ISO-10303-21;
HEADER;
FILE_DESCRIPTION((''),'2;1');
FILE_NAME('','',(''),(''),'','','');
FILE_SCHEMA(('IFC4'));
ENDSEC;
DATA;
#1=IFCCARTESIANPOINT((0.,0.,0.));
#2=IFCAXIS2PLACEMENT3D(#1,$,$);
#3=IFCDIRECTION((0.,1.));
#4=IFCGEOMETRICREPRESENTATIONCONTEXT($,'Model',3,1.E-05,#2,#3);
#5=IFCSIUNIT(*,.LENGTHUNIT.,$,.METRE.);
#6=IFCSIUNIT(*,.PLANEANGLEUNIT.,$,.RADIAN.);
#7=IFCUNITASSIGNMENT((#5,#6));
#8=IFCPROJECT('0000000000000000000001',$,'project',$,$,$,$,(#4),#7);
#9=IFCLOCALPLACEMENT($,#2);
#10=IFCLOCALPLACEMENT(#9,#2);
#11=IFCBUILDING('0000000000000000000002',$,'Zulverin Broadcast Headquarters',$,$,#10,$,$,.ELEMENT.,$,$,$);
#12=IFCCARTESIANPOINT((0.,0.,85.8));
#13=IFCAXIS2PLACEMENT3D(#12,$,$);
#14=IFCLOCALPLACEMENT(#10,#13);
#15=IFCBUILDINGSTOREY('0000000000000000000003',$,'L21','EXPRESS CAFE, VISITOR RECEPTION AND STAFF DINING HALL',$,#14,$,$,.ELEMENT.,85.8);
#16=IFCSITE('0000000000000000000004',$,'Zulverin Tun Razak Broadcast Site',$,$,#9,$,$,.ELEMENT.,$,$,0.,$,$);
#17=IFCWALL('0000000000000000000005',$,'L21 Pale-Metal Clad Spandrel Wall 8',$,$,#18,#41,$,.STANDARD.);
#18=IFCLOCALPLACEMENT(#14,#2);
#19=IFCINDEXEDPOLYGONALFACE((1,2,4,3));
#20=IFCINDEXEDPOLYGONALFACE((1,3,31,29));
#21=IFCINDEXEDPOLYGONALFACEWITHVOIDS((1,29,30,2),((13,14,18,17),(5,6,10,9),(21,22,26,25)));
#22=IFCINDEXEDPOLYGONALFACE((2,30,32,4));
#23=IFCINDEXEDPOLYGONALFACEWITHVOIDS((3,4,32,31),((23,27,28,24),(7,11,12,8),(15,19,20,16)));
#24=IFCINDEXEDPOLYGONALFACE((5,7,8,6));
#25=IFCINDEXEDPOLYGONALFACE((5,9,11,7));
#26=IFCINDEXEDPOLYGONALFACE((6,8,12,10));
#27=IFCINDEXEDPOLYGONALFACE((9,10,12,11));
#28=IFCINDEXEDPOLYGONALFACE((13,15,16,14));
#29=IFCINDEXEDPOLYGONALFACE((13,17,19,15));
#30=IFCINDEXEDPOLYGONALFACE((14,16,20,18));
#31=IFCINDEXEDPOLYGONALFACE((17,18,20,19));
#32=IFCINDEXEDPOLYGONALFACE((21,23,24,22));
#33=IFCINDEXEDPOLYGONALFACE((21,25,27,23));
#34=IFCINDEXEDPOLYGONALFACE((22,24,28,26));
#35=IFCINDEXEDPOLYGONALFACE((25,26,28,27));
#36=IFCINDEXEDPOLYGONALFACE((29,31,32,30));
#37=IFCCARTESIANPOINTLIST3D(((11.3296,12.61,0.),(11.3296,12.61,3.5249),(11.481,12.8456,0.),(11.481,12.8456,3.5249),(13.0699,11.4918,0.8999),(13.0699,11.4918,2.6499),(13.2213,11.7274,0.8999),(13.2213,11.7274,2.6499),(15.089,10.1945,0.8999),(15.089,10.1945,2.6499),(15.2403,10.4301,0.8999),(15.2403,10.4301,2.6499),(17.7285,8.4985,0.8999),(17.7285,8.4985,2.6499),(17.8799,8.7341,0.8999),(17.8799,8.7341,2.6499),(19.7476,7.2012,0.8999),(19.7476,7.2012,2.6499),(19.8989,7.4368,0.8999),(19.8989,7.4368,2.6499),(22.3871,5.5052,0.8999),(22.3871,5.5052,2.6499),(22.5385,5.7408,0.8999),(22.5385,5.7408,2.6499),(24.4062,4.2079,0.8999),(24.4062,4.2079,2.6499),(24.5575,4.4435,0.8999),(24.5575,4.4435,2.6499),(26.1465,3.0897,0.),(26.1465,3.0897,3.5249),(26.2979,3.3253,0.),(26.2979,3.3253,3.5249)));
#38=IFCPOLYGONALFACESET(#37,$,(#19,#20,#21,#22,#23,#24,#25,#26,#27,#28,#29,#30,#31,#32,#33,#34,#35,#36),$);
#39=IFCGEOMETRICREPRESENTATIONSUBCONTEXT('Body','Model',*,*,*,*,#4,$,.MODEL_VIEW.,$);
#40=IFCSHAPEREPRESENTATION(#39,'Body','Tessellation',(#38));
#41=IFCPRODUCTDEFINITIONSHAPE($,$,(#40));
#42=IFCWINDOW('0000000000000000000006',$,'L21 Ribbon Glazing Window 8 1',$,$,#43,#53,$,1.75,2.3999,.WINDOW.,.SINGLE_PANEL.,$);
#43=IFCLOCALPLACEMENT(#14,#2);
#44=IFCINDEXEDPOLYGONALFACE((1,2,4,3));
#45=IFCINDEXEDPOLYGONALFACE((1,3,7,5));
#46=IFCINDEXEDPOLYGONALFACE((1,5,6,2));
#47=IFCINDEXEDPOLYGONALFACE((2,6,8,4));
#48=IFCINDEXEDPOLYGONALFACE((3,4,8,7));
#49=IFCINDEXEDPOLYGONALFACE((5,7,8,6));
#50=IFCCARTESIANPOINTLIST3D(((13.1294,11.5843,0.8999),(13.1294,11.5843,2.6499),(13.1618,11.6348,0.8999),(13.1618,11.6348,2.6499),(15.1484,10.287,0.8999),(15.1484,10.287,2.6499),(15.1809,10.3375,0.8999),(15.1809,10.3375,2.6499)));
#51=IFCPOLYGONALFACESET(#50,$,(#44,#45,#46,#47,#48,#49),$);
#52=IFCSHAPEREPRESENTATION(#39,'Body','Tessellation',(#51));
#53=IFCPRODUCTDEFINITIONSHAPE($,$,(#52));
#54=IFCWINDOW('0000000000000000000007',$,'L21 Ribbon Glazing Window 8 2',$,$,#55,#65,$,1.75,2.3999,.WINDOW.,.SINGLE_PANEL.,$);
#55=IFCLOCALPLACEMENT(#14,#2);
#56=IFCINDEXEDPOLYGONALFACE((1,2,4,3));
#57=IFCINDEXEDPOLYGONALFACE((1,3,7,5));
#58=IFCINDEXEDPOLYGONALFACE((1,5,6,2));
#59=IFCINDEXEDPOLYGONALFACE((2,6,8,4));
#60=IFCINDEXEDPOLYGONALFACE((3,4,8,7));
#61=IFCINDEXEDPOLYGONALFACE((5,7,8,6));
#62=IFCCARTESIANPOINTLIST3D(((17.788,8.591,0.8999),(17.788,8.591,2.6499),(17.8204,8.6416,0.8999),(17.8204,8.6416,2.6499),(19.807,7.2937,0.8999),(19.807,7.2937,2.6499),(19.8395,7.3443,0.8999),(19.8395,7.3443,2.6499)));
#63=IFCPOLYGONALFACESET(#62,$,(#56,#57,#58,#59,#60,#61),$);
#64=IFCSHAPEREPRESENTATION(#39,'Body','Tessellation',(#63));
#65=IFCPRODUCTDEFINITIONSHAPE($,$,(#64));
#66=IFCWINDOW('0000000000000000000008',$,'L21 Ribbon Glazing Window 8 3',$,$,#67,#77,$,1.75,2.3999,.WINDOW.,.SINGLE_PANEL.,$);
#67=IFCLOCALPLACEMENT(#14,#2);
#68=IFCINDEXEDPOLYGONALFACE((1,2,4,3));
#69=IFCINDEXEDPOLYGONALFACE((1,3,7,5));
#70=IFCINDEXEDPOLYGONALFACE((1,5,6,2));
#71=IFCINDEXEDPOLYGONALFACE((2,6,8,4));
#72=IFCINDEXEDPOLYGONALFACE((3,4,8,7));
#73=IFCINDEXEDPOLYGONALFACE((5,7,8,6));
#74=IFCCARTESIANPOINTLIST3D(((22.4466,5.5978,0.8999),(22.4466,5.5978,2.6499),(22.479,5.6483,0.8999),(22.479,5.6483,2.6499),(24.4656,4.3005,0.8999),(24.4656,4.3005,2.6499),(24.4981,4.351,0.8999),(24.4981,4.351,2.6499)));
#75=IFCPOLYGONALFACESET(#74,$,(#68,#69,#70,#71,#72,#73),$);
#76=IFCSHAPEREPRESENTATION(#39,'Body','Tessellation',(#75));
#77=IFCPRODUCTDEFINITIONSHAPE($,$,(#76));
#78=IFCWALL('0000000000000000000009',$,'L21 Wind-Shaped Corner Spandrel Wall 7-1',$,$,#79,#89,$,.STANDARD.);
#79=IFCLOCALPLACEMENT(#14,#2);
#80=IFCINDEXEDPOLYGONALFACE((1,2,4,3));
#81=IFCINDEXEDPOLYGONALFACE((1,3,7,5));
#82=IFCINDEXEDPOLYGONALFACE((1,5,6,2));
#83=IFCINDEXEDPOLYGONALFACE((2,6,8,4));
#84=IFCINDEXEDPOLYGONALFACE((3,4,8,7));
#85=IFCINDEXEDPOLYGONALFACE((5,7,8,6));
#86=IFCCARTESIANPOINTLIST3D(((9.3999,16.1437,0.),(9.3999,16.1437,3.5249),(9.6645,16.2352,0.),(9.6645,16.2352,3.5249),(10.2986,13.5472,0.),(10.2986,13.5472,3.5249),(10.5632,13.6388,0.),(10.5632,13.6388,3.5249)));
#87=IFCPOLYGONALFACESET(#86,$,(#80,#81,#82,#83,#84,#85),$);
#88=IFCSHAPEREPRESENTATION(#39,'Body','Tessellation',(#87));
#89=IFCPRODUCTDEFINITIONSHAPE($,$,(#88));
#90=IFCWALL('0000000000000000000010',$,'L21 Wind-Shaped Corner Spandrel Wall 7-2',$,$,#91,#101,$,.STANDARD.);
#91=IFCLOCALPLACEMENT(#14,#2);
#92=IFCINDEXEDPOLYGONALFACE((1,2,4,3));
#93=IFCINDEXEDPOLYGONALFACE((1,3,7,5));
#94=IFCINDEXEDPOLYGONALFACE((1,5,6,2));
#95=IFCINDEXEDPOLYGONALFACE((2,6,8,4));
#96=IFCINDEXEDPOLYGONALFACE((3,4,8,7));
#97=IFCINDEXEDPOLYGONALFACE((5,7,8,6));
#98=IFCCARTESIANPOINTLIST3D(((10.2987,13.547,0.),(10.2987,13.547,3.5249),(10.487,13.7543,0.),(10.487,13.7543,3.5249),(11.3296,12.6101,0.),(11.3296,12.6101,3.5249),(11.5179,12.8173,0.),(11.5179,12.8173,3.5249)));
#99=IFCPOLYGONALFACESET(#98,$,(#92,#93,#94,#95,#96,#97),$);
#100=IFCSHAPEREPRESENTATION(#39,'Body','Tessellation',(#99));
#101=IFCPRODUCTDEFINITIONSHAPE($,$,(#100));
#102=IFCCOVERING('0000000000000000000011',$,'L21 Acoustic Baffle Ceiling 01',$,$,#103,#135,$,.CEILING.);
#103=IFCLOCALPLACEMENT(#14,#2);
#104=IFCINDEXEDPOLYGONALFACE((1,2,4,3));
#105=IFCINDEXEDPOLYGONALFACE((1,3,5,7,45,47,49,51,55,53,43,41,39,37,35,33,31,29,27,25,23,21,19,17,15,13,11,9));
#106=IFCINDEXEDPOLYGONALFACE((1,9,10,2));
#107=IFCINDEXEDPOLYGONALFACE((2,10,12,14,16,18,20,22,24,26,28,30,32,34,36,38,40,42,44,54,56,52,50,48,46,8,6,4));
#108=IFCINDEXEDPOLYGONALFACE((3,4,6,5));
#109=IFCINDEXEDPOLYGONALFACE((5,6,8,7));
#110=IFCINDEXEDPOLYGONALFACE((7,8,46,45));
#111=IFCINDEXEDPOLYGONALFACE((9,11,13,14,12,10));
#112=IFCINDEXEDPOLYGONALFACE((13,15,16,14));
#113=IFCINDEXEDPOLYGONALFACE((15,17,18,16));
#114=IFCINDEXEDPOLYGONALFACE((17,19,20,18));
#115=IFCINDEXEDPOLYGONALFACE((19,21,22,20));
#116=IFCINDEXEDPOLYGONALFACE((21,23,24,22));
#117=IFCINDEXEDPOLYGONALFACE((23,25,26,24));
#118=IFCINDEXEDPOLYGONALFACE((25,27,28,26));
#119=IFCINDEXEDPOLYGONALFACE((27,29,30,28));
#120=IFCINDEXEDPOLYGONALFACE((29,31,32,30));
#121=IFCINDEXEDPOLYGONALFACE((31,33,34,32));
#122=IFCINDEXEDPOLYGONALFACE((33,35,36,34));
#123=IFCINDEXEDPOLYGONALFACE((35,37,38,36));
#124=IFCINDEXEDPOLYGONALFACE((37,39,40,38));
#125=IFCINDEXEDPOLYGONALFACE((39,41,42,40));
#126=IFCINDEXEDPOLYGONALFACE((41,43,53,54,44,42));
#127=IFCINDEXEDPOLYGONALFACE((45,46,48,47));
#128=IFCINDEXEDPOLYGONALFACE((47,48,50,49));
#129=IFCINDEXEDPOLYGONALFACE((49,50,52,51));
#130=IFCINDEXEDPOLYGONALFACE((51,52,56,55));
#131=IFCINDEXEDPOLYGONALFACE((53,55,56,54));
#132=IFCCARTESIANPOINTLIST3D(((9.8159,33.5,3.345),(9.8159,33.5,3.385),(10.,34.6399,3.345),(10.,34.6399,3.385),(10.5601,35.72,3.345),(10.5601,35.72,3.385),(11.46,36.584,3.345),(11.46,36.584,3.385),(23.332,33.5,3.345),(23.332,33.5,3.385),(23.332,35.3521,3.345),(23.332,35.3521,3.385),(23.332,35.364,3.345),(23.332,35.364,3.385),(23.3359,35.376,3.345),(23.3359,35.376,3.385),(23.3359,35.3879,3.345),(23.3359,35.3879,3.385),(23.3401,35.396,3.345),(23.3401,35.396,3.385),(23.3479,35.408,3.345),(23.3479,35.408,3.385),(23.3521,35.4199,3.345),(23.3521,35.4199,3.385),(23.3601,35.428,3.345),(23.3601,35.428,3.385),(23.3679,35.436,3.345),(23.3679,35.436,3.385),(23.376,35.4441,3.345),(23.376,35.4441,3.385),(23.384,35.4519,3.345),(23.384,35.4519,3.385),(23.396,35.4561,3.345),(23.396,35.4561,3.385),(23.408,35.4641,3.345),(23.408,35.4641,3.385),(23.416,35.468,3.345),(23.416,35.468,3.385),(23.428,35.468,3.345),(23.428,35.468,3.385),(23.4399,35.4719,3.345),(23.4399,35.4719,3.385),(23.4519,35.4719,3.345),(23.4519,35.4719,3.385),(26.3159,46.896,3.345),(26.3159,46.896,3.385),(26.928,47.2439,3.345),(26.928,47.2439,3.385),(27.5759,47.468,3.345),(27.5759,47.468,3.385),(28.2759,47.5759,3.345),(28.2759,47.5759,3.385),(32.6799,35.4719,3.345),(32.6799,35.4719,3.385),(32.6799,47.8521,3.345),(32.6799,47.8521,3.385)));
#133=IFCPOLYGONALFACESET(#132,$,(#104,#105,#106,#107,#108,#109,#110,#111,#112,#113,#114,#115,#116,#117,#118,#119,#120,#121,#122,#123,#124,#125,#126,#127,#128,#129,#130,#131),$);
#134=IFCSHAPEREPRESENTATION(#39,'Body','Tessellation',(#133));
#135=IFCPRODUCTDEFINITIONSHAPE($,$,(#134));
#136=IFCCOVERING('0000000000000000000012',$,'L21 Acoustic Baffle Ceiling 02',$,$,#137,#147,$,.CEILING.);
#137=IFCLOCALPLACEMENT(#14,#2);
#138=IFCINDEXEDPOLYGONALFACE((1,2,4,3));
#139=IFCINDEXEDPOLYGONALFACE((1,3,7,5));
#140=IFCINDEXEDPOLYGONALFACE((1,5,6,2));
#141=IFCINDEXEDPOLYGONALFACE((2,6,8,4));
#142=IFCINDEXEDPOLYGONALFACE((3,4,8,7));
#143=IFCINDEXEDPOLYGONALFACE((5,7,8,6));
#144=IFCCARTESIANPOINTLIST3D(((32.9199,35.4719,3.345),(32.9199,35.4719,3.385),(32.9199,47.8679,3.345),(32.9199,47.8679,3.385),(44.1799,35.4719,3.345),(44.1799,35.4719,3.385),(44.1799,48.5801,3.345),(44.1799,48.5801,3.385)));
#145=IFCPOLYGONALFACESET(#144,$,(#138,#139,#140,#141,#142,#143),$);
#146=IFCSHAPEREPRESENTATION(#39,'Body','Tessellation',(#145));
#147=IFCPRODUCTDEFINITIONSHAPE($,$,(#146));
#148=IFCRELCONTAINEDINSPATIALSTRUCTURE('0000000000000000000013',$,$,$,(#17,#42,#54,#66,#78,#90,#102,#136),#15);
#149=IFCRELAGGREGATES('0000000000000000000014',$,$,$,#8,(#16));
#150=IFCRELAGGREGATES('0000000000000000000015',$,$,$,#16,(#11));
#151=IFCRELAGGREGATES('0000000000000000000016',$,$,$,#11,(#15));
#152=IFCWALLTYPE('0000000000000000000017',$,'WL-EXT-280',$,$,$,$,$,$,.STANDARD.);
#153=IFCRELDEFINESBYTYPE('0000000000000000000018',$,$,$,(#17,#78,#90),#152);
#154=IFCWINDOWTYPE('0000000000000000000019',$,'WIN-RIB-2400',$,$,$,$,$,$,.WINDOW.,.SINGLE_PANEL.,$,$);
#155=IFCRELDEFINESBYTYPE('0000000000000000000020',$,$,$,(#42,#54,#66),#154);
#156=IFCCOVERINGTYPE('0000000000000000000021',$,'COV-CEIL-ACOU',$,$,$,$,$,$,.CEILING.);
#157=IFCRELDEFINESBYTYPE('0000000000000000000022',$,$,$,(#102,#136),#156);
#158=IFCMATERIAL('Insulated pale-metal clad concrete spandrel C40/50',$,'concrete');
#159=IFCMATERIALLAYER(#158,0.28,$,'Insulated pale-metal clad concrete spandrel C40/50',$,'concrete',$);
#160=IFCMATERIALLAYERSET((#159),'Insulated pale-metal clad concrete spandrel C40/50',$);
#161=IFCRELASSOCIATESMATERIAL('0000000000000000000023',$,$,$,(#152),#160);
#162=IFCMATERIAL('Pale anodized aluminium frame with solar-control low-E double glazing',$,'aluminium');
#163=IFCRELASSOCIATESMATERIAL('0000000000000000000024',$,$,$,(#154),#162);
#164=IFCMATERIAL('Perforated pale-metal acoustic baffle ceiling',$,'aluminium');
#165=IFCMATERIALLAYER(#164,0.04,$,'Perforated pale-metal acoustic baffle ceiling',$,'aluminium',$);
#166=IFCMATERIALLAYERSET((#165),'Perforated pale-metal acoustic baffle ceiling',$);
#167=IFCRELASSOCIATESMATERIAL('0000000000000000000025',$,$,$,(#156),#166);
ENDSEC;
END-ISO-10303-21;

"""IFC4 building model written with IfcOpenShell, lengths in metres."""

from ifc_helpers import new_model, si_unit, direction, frame, frame_2d, origin, place, context, subcontext, project, spatial, polyline, rectangle, outline, extrude, material, layer, layer_set, type_object, element, fill, save


model = new_model("IFC4")

# Units and contexts
model_context = context("Model", 3, precision=1e-05, world=origin(), true_north=direction((0.0, 1.0)))
body_context = subcontext(model_context, "Body", "Model", "MODEL_VIEW")
ifc_project = project(units=[si_unit("LENGTHUNIT", "METRE"), si_unit("PLANEANGLEUNIT", "RADIAN")], contexts=[model_context])

# Site, building, storey
site_placement = place(None, origin())
site = spatial("IfcSite", under=ifc_project, at=site_placement, Name="Zulverin Tun Razak Broadcast Site", CompositionType="ELEMENT", RefElevation=0.0)
building_placement = place(site_placement, origin())
building = spatial("IfcBuilding", under=site, at=building_placement, Name="Zulverin Broadcast Headquarters", CompositionType="ELEMENT")
storey_placement = place(building_placement, frame((0.0, 0.0, 85.8)))
storey = spatial("IfcBuildingStorey", under=building, at=storey_placement, Name="L21", Description="EXPRESS CAFE, VISITOR RECEPTION AND STAFF DINING HALL", CompositionType="ELEMENT", Elevation=85.8)

# Wall, openings, windows
ifc_material_1 = material(Name="Insulated pale-metal clad concrete spandrel C40/50", Category="concrete")
ifc_layer_1 = layer(ifc_material_1, 0.28, Name="Insulated pale-metal clad concrete spandrel C40/50", Category="concrete")
ifc_layer_set_1 = layer_set([ifc_layer_1], Name="Insulated pale-metal clad concrete spandrel C40/50")
wall_type_1 = type_object("IfcWallType", Name="WL-EXT-280", PredefinedType="STANDARD", material=ifc_layer_set_1)
wall_1_placement = place(storey_placement, frame((11.4053, 12.7278, 0.0), z_axis=(0.0, 0.0, 1.0), x_axis=(0.841305, -0.540561, 0.0)))
wall_1 = element("IfcWall", 1, at=wall_1_placement, inside=storey, type_object=wall_type_1, Name="L21 Pale-Metal Clad Spandrel Wall 8", PredefinedType="STANDARD", context=body_context, shape_type="SweptSolid", body=[
    extrude(rectangle(XDim=17.6118, YDim=0.28, at=frame_2d((8.8059, 0.0))), origin(), (0.0, 0.0, 1.0), 3.5249),
])
opening_1_placement = place(wall_1_placement, frame((2.0686, 0.0, 0.8999)))
opening_1 = element("IfcOpeningElement", 2, at=opening_1_placement, cuts=wall_1, PredefinedType="OPENING", context=body_context, shape_type="SweptSolid", body=[
    extrude(rectangle(XDim=2.3999, YDim=1.75, at=frame_2d((1.2, 0.875))), frame((0.0, 0.1499, 0.0), z_axis=(0.0, -1.0, 0.0), x_axis=(1.0, 0.0, 0.0)), (0.0, 0.0, 1.0), 0.3),
])
opening_2_placement = place(wall_1_placement, frame((7.606, 0.0, 0.8999)))
opening_2 = element("IfcOpeningElement", 3, at=opening_2_placement, cuts=wall_1, PredefinedType="OPENING", context=body_context, shape_type="SweptSolid", body=[
    extrude(rectangle(XDim=2.3999, YDim=1.75, at=frame_2d((1.2, 0.875))), frame((0.0, 0.1499, 0.0), z_axis=(0.0, -1.0, 0.0), x_axis=(1.0, 0.0, 0.0)), (0.0, 0.0, 1.0), 0.3),
])
opening_3_placement = place(wall_1_placement, frame((13.1433, 0.0, 0.8999)))
opening_3 = element("IfcOpeningElement", 4, at=opening_3_placement, cuts=wall_1, PredefinedType="OPENING", context=body_context, shape_type="SweptSolid", body=[
    extrude(rectangle(XDim=2.3999, YDim=1.75, at=frame_2d((1.2, 0.875))), frame((0.0, 0.1499, 0.0), z_axis=(0.0, -1.0, 0.0), x_axis=(1.0, 0.0, 0.0)), (0.0, 0.0, 1.0), 0.3),
])
ifc_material_2 = material(Name="Pale anodized aluminium frame with solar-control low-E double glazing", Category="aluminium")
window_type = type_object("IfcWindowType", Name="WIN-RIB-2400", PartitioningType="SINGLE_PANEL", PredefinedType="WINDOW", material=ifc_material_2)
window_1_placement = place(opening_1_placement, origin())
window_1 = element("IfcWindow", 5, at=window_1_placement, inside=storey, type_object=window_type, Name="L21 Ribbon Glazing Window 8 1", OverallHeight=1.75, OverallWidth=2.3999, PartitioningType="SINGLE_PANEL", PredefinedType="WINDOW", context=body_context, shape_type="SweptSolid", body=[
    extrude(rectangle(XDim=2.3999, YDim=1.75, at=frame_2d((1.2, 0.875))), frame((0.0, 0.03, 0.0), z_axis=(0.0, -1.0, 0.0), x_axis=(1.0, 0.0, 0.0)), (0.0, 0.0, 1.0), 0.0601),
])
fill(opening_1, window_1)
window_2_placement = place(opening_2_placement, origin())
window_2 = element("IfcWindow", 6, at=window_2_placement, inside=storey, type_object=window_type, Name="L21 Ribbon Glazing Window 8 2", OverallHeight=1.75, OverallWidth=2.3999, PartitioningType="SINGLE_PANEL", PredefinedType="WINDOW", context=body_context, shape_type="SweptSolid", body=[
    extrude(rectangle(XDim=2.3999, YDim=1.75, at=frame_2d((1.2, 0.875))), frame((0.0, 0.03, 0.0), z_axis=(0.0, -1.0, 0.0), x_axis=(1.0, 0.0, 0.0)), (0.0, 0.0, 1.0), 0.0601),
])
fill(opening_2, window_2)
window_3_placement = place(opening_3_placement, origin())
window_3 = element("IfcWindow", 7, at=window_3_placement, inside=storey, type_object=window_type, Name="L21 Ribbon Glazing Window 8 3", OverallHeight=1.75, OverallWidth=2.3999, PartitioningType="SINGLE_PANEL", PredefinedType="WINDOW", context=body_context, shape_type="SweptSolid", body=[
    extrude(rectangle(XDim=2.3999, YDim=1.75, at=frame_2d((1.2, 0.875))), frame((0.0, 0.03, 0.0), z_axis=(0.0, -1.0, 0.0), x_axis=(1.0, 0.0, 0.0)), (0.0, 0.0, 1.0), 0.0601),
])
fill(opening_3, window_3)

# Walls
wall_2_placement = place(storey_placement, frame((9.5322, 16.1895, 0.0), z_axis=(0.0, 0.0, 1.0), x_axis=(0.327083, -0.944996, 0.0)))
element("IfcWall", 8, at=wall_2_placement, inside=storey, type_object=wall_type_1, Name="L21 Wind-Shaped Corner Spandrel Wall 7-1", PredefinedType="STANDARD", context=body_context, shape_type="SweptSolid", body=[
    extrude(rectangle(XDim=2.7476, YDim=0.28, at=frame_2d((1.3738, 0.0))), origin(), (0.0, 0.0, 1.0), 3.5249),
])
wall_3_placement = place(storey_placement, frame((10.3928, 13.6506, 0.0), z_axis=(0.0, 0.0, 1.0), x_axis=(0.740035, -0.672568, 0.0)))
element("IfcWall", 9, at=wall_3_placement, inside=storey, type_object=wall_type_1, Name="L21 Wind-Shaped Corner Spandrel Wall 7-2", PredefinedType="STANDARD", context=body_context, shape_type="SweptSolid", body=[
    extrude(rectangle(XDim=1.3931, YDim=0.28, at=frame_2d((0.6965, 0.0))), origin(), (0.0, 0.0, 1.0), 3.5249),
])

# Coverings
ifc_material_3 = material(Name="Perforated pale-metal acoustic baffle ceiling", Category="aluminium")
ifc_layer_2 = layer(ifc_material_3, 0.04, Name="Perforated pale-metal acoustic baffle ceiling", Category="aluminium")
ifc_layer_set_2 = layer_set([ifc_layer_2], Name="Perforated pale-metal acoustic baffle ceiling")
covering_type_1 = type_object("IfcCoveringType", Name="COV-CEIL-ACOU", PredefinedType="CEILING", material=ifc_layer_set_2)
covering_1_placement = place(storey_placement, frame((0.0, 0.0, 3.345)))
element("IfcCovering", 10, at=covering_1_placement, inside=storey, type_object=covering_type_1, Name="L21 Acoustic Baffle Ceiling 01", PredefinedType="CEILING", context=body_context, shape_type="SweptSolid", body=[
    extrude(outline(polyline([(11.46, 36.584), (10.5601, 35.72), (10.0, 34.6399), (9.8159, 33.5), (23.332, 33.5), (23.332, 35.3521), (23.332, 35.364), (23.3359, 35.376), (23.3359, 35.3879), (23.3401, 35.396), (23.3479, 35.408), (23.3521, 35.4199), (23.3601, 35.428), (23.3679, 35.436), (23.376, 35.4441), (23.384, 35.4519), (23.396, 35.4561), (23.408, 35.4641), (23.416, 35.468), (23.428, 35.468), (23.4399, 35.4719), (23.4519, 35.4719), (32.6799, 35.4719), (32.6799, 47.8521), (28.2759, 47.5759), (27.5759, 47.468), (26.928, 47.2439), (26.3159, 46.896), (11.46, 36.584)])), origin(), (0.0, 0.0, 1.0), 0.04),
])
covering_2_placement = place(storey_placement, frame((0.0, 0.0, 3.345)))
element("IfcCovering", 11, at=covering_2_placement, inside=storey, type_object=covering_type_1, Name="L21 Acoustic Baffle Ceiling 02", PredefinedType="CEILING", context=body_context, shape_type="SweptSolid", body=[
    extrude(outline(polyline([(44.1799, 35.4719), (44.1799, 48.5801), (32.9199, 47.8679), (32.9199, 35.4719), (44.1799, 35.4719)])), origin(), (0.0, 0.0, 1.0), 0.04),
])

save(model, "model.ifc")
